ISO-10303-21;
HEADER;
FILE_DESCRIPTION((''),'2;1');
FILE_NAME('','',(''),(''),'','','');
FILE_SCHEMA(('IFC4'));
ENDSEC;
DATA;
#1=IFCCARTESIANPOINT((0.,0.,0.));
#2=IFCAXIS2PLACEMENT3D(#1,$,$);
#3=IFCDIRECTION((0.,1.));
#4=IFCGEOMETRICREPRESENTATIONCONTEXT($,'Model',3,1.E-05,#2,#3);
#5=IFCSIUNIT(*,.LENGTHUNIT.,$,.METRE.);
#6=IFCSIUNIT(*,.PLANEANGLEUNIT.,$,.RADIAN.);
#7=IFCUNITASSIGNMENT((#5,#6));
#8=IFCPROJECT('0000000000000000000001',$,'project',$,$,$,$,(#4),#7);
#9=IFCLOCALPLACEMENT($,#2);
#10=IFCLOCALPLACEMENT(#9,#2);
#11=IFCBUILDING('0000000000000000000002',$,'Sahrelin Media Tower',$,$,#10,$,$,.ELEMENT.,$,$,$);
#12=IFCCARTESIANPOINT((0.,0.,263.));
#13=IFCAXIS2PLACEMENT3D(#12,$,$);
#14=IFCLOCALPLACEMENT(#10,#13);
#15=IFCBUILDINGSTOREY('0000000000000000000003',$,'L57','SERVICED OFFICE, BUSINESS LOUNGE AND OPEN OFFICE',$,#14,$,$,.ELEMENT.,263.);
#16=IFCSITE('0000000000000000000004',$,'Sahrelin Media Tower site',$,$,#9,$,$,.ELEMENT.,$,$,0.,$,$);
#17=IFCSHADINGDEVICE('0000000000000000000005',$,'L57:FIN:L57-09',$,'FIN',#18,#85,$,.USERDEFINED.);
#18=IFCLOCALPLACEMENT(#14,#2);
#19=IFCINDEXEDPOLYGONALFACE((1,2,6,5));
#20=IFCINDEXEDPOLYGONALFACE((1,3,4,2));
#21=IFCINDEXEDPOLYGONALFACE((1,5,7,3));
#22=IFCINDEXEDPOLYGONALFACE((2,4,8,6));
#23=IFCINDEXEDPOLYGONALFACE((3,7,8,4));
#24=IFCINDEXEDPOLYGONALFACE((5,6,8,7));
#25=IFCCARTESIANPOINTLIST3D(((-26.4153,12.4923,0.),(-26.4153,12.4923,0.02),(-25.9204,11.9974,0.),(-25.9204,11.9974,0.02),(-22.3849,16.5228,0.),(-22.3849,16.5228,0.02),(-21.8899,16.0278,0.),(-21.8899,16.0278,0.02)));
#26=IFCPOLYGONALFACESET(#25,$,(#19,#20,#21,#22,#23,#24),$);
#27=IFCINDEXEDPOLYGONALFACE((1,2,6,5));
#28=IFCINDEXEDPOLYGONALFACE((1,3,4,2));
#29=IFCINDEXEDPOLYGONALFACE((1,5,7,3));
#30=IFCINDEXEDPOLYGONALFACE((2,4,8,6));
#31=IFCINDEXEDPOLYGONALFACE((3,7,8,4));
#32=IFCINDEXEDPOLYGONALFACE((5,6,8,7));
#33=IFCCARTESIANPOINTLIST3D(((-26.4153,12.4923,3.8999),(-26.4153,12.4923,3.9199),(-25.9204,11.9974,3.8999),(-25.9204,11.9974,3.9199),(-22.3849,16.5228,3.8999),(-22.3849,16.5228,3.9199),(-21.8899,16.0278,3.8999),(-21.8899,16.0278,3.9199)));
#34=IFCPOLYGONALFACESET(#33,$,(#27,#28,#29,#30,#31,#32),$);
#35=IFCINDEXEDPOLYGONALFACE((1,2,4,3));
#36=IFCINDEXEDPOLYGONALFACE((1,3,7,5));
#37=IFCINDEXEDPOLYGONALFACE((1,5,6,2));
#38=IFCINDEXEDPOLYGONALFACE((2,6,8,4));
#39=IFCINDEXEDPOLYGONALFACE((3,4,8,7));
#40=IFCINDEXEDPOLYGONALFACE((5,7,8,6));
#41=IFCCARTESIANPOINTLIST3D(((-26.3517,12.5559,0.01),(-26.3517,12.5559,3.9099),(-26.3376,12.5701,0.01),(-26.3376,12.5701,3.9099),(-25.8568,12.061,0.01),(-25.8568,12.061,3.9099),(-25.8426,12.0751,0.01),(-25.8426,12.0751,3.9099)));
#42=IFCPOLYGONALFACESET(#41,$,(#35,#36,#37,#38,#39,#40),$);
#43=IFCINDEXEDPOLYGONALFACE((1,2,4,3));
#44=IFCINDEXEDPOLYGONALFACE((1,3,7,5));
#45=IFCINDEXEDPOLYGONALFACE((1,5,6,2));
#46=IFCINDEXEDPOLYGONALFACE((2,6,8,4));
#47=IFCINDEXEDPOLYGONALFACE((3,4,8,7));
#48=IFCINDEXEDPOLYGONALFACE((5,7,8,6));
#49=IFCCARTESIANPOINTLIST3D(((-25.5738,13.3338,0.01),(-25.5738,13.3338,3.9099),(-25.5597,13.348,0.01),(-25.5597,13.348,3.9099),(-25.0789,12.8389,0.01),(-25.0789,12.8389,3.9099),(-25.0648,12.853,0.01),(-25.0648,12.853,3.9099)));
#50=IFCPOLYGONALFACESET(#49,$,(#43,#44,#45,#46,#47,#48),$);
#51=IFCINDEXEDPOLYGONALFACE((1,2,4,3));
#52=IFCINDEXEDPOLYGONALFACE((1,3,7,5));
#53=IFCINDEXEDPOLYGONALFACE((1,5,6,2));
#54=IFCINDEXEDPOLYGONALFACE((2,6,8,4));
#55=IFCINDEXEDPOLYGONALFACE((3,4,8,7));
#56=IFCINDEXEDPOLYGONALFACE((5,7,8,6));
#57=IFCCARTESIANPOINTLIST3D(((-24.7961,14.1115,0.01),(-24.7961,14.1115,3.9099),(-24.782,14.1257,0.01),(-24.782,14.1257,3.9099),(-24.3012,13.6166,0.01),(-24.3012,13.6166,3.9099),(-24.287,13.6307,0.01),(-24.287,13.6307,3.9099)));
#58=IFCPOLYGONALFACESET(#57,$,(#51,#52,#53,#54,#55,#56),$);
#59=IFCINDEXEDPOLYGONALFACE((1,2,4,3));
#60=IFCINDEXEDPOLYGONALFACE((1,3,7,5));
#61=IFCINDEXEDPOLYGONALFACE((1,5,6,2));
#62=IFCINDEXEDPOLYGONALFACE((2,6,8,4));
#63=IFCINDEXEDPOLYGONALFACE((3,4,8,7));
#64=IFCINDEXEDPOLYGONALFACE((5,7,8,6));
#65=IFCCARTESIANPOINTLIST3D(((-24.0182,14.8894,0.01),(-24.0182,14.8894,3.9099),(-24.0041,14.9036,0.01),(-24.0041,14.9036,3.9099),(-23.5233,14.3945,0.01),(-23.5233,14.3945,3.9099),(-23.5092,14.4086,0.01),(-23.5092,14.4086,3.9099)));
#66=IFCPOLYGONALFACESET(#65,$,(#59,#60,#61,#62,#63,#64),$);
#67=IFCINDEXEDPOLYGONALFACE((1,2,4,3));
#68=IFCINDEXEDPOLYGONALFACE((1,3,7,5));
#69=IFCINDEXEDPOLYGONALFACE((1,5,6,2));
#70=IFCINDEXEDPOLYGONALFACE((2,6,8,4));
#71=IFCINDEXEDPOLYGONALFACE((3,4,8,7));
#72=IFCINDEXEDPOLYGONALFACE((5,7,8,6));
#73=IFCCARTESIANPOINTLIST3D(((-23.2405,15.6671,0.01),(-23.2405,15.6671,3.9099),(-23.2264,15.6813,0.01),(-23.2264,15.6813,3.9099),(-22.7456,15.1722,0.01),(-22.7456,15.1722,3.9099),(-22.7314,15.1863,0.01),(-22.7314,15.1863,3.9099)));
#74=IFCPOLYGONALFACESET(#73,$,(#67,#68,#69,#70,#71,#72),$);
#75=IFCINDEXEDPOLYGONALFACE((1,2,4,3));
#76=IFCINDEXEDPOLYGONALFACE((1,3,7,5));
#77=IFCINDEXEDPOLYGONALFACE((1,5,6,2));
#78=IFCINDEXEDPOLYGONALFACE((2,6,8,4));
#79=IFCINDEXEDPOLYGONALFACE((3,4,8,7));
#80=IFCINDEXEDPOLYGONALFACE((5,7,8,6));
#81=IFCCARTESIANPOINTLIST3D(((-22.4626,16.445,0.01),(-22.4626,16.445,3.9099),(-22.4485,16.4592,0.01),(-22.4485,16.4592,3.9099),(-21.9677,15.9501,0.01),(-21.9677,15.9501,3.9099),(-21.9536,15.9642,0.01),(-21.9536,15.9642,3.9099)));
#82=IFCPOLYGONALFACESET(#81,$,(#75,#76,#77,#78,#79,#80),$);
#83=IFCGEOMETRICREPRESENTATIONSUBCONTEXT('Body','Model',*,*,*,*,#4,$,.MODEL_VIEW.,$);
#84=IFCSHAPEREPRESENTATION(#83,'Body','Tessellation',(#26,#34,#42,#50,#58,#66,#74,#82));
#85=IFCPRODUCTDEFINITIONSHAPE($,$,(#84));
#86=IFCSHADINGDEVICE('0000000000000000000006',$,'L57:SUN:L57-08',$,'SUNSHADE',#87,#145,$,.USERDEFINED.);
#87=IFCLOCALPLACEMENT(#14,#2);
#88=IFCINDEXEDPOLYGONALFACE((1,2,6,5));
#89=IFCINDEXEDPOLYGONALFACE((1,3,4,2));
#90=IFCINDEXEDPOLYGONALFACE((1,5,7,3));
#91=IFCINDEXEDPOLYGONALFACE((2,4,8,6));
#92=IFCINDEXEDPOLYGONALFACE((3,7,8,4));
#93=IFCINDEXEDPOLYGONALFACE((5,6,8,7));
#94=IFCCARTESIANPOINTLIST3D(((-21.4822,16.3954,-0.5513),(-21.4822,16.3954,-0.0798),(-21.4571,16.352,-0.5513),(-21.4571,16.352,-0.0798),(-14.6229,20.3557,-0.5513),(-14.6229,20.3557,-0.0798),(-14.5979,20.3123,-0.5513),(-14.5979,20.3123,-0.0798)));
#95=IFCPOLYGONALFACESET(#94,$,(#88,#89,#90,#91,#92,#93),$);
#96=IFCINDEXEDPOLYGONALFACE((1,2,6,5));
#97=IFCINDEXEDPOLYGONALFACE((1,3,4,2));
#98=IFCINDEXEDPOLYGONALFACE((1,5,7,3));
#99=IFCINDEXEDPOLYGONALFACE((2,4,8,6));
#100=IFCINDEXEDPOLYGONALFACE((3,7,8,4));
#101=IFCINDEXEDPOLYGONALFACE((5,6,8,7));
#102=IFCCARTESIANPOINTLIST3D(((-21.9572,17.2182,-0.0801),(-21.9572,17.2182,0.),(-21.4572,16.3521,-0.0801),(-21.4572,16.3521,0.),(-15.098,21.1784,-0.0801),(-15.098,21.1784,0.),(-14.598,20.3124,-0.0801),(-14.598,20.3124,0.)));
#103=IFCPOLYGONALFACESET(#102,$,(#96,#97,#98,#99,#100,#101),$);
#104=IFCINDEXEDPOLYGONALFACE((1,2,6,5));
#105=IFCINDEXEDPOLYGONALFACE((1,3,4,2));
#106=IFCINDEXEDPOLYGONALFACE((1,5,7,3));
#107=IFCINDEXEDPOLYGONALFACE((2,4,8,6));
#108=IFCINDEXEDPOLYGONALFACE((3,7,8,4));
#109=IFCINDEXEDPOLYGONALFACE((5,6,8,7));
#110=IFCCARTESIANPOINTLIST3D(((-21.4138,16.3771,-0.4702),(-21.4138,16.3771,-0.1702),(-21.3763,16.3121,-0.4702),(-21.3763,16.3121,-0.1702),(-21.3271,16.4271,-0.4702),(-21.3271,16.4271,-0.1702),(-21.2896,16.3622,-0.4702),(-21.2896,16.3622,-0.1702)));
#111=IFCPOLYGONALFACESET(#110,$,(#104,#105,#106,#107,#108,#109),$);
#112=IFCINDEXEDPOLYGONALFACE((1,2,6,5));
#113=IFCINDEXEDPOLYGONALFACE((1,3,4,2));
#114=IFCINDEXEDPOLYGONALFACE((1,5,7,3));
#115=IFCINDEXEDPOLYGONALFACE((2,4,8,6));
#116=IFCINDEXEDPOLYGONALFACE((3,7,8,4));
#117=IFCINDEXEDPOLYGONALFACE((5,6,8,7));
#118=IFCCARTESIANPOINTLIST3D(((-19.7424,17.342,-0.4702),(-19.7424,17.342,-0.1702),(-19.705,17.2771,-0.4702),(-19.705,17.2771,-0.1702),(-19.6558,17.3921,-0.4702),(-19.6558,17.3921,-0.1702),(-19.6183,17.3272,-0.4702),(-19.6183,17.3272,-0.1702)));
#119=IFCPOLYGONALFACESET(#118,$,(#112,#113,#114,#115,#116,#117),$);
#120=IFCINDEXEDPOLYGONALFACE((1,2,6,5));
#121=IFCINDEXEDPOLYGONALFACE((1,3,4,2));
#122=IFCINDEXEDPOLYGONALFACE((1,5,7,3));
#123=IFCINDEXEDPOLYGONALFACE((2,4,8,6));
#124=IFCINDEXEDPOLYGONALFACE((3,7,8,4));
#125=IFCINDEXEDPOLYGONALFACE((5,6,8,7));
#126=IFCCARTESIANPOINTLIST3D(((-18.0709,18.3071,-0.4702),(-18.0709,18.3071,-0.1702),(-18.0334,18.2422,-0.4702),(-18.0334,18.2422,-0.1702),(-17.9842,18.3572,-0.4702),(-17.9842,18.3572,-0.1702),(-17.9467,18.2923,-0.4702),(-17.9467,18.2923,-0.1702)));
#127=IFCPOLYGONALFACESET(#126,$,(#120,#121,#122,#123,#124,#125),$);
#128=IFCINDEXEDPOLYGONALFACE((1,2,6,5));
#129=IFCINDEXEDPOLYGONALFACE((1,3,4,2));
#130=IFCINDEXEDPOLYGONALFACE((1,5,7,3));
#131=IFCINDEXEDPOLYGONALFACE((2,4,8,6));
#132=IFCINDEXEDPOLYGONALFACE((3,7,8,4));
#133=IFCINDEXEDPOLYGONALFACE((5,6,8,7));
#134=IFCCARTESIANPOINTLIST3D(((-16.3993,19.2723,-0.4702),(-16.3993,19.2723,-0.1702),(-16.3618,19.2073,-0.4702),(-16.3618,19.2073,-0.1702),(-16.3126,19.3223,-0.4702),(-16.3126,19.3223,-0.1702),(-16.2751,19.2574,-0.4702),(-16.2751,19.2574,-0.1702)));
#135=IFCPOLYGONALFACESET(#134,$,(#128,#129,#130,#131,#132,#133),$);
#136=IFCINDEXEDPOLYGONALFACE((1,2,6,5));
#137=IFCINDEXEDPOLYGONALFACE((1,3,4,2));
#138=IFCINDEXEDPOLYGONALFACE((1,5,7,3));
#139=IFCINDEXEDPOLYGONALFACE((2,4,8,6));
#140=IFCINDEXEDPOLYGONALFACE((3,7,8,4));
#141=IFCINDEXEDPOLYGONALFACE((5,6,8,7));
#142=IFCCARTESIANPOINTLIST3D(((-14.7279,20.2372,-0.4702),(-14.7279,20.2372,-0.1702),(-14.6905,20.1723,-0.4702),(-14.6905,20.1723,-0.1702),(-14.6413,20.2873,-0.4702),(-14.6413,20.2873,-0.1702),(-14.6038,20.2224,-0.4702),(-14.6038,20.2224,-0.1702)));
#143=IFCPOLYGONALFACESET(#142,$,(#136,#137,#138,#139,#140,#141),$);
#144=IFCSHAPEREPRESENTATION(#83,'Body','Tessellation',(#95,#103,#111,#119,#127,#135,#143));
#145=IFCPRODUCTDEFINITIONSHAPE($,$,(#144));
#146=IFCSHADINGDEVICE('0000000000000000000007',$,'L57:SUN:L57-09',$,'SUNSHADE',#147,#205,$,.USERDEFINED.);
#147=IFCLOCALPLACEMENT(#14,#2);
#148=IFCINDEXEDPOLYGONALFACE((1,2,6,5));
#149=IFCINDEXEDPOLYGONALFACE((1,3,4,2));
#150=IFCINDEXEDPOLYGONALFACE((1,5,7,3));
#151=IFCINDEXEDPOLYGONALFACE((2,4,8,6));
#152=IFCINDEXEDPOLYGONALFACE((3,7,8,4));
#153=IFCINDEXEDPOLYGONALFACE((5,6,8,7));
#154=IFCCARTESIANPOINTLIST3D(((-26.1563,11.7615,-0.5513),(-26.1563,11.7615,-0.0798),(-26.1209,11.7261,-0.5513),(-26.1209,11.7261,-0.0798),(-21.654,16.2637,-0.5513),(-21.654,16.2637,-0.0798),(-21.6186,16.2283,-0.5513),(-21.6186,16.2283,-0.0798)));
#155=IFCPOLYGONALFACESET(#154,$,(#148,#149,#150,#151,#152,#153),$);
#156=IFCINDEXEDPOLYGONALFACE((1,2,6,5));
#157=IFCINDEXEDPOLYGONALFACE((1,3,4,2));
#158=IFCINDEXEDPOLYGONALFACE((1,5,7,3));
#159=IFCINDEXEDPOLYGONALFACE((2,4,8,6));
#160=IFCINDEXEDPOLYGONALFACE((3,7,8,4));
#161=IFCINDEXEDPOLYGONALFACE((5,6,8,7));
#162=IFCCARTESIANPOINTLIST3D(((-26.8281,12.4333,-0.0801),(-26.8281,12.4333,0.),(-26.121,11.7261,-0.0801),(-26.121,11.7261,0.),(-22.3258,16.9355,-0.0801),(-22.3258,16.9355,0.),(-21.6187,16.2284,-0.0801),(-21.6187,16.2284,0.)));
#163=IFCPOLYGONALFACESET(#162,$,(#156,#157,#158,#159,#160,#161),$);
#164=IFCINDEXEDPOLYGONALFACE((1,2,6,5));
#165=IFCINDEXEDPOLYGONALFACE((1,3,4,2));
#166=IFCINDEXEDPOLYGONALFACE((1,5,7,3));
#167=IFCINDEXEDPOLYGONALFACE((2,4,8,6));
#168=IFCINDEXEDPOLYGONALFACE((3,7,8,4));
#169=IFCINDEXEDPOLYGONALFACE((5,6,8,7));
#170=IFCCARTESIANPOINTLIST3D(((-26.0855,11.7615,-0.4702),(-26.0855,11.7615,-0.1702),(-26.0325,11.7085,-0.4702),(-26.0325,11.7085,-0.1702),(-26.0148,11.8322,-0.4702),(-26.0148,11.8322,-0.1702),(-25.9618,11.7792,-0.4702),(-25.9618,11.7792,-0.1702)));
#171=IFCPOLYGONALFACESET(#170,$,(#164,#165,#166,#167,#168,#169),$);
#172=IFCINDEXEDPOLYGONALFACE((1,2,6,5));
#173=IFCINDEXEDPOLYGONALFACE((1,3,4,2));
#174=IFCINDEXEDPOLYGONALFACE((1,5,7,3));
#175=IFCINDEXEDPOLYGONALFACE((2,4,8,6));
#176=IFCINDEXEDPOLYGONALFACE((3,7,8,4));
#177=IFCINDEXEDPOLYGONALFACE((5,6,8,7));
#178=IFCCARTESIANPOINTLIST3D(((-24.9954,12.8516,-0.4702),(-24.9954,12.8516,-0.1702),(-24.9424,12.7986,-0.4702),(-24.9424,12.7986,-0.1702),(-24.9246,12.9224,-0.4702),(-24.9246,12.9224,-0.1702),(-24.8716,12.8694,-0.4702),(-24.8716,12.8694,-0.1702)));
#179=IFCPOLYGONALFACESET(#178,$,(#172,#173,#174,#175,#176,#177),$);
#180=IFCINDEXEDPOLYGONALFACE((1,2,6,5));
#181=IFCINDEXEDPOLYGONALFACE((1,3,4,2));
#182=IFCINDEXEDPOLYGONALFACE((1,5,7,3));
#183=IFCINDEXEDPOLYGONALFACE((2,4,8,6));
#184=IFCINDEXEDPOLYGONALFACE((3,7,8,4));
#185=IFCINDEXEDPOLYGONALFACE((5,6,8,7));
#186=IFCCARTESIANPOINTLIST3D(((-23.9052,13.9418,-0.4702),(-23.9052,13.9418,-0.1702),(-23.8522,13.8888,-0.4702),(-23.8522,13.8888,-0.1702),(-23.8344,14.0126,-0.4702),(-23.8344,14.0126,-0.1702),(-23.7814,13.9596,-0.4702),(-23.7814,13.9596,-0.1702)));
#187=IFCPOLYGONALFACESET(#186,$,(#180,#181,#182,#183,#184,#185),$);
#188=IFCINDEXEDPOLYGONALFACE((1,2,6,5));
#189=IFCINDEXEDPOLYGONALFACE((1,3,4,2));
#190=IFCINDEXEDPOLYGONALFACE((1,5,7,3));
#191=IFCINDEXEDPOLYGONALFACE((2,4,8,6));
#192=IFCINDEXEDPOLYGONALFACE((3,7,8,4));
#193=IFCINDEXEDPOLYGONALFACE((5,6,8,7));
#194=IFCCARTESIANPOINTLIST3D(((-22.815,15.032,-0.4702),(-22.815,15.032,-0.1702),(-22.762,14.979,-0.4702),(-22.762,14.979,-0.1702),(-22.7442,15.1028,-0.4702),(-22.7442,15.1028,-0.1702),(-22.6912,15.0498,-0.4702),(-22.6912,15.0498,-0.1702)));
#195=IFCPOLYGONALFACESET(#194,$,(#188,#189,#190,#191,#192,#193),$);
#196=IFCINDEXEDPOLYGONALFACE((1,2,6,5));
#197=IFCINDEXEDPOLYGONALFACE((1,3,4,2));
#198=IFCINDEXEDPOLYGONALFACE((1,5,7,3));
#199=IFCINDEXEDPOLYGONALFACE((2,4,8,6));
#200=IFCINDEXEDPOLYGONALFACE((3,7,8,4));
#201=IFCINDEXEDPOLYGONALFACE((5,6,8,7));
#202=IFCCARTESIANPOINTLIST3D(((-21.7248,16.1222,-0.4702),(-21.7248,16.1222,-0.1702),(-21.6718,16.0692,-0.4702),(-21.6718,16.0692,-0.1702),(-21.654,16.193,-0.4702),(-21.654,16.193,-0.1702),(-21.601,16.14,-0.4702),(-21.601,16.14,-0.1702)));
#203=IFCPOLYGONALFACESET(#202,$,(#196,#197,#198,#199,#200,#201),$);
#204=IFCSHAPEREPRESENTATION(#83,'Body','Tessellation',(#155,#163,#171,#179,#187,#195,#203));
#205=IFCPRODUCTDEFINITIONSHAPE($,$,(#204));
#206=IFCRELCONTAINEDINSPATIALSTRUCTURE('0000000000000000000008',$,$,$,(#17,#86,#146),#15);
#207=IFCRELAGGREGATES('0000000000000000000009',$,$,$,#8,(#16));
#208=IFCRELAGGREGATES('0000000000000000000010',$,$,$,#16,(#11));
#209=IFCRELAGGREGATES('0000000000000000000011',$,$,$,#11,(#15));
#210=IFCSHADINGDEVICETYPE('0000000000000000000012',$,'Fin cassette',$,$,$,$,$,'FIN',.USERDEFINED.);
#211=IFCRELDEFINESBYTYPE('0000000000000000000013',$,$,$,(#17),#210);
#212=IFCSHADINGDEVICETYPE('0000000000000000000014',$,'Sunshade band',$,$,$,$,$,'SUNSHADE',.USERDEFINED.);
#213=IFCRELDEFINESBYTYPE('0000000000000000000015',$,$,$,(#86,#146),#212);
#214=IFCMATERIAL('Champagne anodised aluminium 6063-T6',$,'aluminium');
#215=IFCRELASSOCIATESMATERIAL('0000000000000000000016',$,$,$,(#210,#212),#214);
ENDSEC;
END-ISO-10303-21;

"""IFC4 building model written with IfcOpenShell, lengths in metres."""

from ifc_helpers import new_model, si_unit, direction, frame, origin, origin_2d, place, context, subcontext, project, spatial, rectangle, extrude, material, type_object, element, save


model = new_model("IFC4")

# Units and contexts
model_context = context("Model", 3, precision=1e-05, world=origin(), true_north=direction((0.0, 1.0)))
body_context = subcontext(model_context, "Body", "Model", "MODEL_VIEW")
ifc_project = project(units=[si_unit("LENGTHUNIT", "METRE"), si_unit("PLANEANGLEUNIT", "RADIAN")], contexts=[model_context])

# Site, building, storey
site_placement = place(None, origin())
site = spatial("IfcSite", under=ifc_project, at=site_placement, Name="Sahrelin Media Tower site", CompositionType="ELEMENT", RefElevation=0.0)
building_placement = place(site_placement, origin())
building = spatial("IfcBuilding", under=site, at=building_placement, Name="Sahrelin Media Tower", CompositionType="ELEMENT")
storey_placement = place(building_placement, frame((0.0, 0.0, 263.0)))
storey = spatial("IfcBuildingStorey", under=building, at=storey_placement, Name="L57", Description="SERVICED OFFICE, BUSINESS LOUNGE AND OPEN OFFICE", CompositionType="ELEMENT", Elevation=263.0)

# Shared definitions
ifc_material_1 = material(Name="Champagne anodised aluminium 6063-T6", Category="aluminium")

# Shading devices
shading_device_type_1 = type_object("IfcShadingDeviceType", Name="Fin cassette", ElementType="FIN", PredefinedType="USERDEFINED", material=ifc_material_1)
placement_1 = place(storey_placement, frame((-18.0176, 18.3149, 0.0), z_axis=(0.0, 0.0, 1.0), x_axis=(0.866019, 0.500011, 0.0)))
placement_2 = place(storey_placement, frame((-23.8557, 13.9631, 0.0), z_axis=(0.0, 0.0, 1.0), x_axis=(0.707107, 0.707107, 0.0)))
element("IfcShadingDevice", 1, at=placement_2, inside=storey, type_object=shading_device_type_1, Name="L57:FIN:L57-09", ObjectType="FIN", PredefinedType="USERDEFINED", context=body_context, shape_type="SweptSolid", body=[
    extrude(rectangle(XDim=5.7, YDim=0.7, at=origin_2d()), frame((0.0, 0.4199, 0.0)), (0.0, 0.0, 1.0), 0.02),
    extrude(rectangle(XDim=5.7, YDim=0.7, at=origin_2d()), frame((0.0, 0.4199, 3.8999)), (0.0, 0.0, 1.0), 0.02),
    extrude(rectangle(XDim=0.02, YDim=0.7, at=origin_2d()), frame((-2.75, 0.4199, 0.01), z_axis=(0.0, 0.0, 1.0), x_axis=(1.0, 0.0, 0.0)), (0.0, 0.0, 1.0), 3.8999),
    extrude(rectangle(XDim=0.02, YDim=0.7, at=origin_2d()), frame((-1.6499, 0.4199, 0.01), z_axis=(0.0, 0.0, 1.0), x_axis=(1.0, 0.0, 0.0)), (0.0, 0.0, 1.0), 3.8999),
    extrude(rectangle(XDim=0.02, YDim=0.7, at=origin_2d()), frame((-0.55, 0.4199, 0.01), z_axis=(0.0, 0.0, 1.0), x_axis=(1.0, 0.0, 0.0)), (0.0, 0.0, 1.0), 3.8999),
    extrude(rectangle(XDim=0.02, YDim=0.7, at=origin_2d()), frame((0.55, 0.4199, 0.01), z_axis=(0.0, 0.0, 1.0), x_axis=(1.0, 0.0, 0.0)), (0.0, 0.0, 1.0), 3.8999),
    extrude(rectangle(XDim=0.02, YDim=0.7, at=origin_2d()), frame((1.6499, 0.4199, 0.01), z_axis=(0.0, 0.0, 1.0), x_axis=(1.0, 0.0, 0.0)), (0.0, 0.0, 1.0), 3.8999),
    extrude(rectangle(XDim=0.02, YDim=0.7, at=origin_2d()), frame((2.75, 0.4199, 0.01), z_axis=(0.0, 0.0, 1.0), x_axis=(1.0, 0.0, 0.0)), (0.0, 0.0, 1.0), 3.8999),
])
shading_device_type_2 = type_object("IfcShadingDeviceType", Name="Sunshade band", ElementType="SUNSHADE", PredefinedType="USERDEFINED", material=ifc_material_1)
element("IfcShadingDevice", 2, at=placement_1, inside=storey, type_object=shading_device_type_2, Name="L57:SUN:L57-08", ObjectType="SUNSHADE", PredefinedType="USERDEFINED", context=body_context, shape_type="SweptSolid", body=[
    extrude(rectangle(XDim=7.9204, YDim=0.05, at=origin_2d()), frame((0.0, 0.0449, -0.5513)), (0.0, 0.0, 1.0), 0.4714),
    extrude(rectangle(XDim=7.9204, YDim=1.0, at=origin_2d()), frame((0.0, 0.52, -0.0801)), (0.0, 0.0, 1.0), 0.0801),
    extrude(rectangle(XDim=0.1001, YDim=0.075, at=origin_2d()), frame((-3.8601, -0.0176, -0.4702)), (0.0, 0.0, 1.0), 0.3),
    extrude(rectangle(XDim=0.1001, YDim=0.075, at=origin_2d()), frame((-1.9302, -0.0176, -0.4702)), (0.0, 0.0, 1.0), 0.3),
    extrude(rectangle(XDim=0.1001, YDim=0.075, at=origin_2d()), frame((0.0, -0.0176, -0.4702)), (0.0, 0.0, 1.0), 0.3),
    extrude(rectangle(XDim=0.1001, YDim=0.075, at=origin_2d()), frame((1.9302, -0.0176, -0.4702)), (0.0, 0.0, 1.0), 0.3),
    extrude(rectangle(XDim=0.1001, YDim=0.075, at=origin_2d()), frame((3.8601, -0.0176, -0.4702)), (0.0, 0.0, 1.0), 0.3),
])
element("IfcShadingDevice", 3, at=placement_2, inside=storey, type_object=shading_device_type_2, Name="L57:SUN:L57-09", ObjectType="SUNSHADE", PredefinedType="USERDEFINED", context=body_context, shape_type="SweptSolid", body=[
    extrude(rectangle(XDim=6.3672, YDim=0.05, at=origin_2d()), frame((0.0, 0.0449, -0.5513)), (0.0, 0.0, 1.0), 0.4714),
    extrude(rectangle(XDim=6.3672, YDim=1.0, at=origin_2d()), frame((0.0, 0.52, -0.0801)), (0.0, 0.0, 1.0), 0.0801),
    extrude(rectangle(XDim=0.1001, YDim=0.075, at=origin_2d()), frame((-3.0835, -0.0176, -0.4702)), (0.0, 0.0, 1.0), 0.3),
    extrude(rectangle(XDim=0.1001, YDim=0.075, at=origin_2d()), frame((-1.5417, -0.0176, -0.4702)), (0.0, 0.0, 1.0), 0.3),
    extrude(rectangle(XDim=0.1001, YDim=0.075, at=origin_2d()), frame((0.0, -0.0176, -0.4702)), (0.0, 0.0, 1.0), 0.3),
    extrude(rectangle(XDim=0.1001, YDim=0.075, at=origin_2d()), frame((1.5417, -0.0176, -0.4702)), (0.0, 0.0, 1.0), 0.3),
    extrude(rectangle(XDim=0.1001, YDim=0.075, at=origin_2d()), frame((3.0835, -0.0176, -0.4702)), (0.0, 0.0, 1.0), 0.3),
])

save(model, "model.ifc")
